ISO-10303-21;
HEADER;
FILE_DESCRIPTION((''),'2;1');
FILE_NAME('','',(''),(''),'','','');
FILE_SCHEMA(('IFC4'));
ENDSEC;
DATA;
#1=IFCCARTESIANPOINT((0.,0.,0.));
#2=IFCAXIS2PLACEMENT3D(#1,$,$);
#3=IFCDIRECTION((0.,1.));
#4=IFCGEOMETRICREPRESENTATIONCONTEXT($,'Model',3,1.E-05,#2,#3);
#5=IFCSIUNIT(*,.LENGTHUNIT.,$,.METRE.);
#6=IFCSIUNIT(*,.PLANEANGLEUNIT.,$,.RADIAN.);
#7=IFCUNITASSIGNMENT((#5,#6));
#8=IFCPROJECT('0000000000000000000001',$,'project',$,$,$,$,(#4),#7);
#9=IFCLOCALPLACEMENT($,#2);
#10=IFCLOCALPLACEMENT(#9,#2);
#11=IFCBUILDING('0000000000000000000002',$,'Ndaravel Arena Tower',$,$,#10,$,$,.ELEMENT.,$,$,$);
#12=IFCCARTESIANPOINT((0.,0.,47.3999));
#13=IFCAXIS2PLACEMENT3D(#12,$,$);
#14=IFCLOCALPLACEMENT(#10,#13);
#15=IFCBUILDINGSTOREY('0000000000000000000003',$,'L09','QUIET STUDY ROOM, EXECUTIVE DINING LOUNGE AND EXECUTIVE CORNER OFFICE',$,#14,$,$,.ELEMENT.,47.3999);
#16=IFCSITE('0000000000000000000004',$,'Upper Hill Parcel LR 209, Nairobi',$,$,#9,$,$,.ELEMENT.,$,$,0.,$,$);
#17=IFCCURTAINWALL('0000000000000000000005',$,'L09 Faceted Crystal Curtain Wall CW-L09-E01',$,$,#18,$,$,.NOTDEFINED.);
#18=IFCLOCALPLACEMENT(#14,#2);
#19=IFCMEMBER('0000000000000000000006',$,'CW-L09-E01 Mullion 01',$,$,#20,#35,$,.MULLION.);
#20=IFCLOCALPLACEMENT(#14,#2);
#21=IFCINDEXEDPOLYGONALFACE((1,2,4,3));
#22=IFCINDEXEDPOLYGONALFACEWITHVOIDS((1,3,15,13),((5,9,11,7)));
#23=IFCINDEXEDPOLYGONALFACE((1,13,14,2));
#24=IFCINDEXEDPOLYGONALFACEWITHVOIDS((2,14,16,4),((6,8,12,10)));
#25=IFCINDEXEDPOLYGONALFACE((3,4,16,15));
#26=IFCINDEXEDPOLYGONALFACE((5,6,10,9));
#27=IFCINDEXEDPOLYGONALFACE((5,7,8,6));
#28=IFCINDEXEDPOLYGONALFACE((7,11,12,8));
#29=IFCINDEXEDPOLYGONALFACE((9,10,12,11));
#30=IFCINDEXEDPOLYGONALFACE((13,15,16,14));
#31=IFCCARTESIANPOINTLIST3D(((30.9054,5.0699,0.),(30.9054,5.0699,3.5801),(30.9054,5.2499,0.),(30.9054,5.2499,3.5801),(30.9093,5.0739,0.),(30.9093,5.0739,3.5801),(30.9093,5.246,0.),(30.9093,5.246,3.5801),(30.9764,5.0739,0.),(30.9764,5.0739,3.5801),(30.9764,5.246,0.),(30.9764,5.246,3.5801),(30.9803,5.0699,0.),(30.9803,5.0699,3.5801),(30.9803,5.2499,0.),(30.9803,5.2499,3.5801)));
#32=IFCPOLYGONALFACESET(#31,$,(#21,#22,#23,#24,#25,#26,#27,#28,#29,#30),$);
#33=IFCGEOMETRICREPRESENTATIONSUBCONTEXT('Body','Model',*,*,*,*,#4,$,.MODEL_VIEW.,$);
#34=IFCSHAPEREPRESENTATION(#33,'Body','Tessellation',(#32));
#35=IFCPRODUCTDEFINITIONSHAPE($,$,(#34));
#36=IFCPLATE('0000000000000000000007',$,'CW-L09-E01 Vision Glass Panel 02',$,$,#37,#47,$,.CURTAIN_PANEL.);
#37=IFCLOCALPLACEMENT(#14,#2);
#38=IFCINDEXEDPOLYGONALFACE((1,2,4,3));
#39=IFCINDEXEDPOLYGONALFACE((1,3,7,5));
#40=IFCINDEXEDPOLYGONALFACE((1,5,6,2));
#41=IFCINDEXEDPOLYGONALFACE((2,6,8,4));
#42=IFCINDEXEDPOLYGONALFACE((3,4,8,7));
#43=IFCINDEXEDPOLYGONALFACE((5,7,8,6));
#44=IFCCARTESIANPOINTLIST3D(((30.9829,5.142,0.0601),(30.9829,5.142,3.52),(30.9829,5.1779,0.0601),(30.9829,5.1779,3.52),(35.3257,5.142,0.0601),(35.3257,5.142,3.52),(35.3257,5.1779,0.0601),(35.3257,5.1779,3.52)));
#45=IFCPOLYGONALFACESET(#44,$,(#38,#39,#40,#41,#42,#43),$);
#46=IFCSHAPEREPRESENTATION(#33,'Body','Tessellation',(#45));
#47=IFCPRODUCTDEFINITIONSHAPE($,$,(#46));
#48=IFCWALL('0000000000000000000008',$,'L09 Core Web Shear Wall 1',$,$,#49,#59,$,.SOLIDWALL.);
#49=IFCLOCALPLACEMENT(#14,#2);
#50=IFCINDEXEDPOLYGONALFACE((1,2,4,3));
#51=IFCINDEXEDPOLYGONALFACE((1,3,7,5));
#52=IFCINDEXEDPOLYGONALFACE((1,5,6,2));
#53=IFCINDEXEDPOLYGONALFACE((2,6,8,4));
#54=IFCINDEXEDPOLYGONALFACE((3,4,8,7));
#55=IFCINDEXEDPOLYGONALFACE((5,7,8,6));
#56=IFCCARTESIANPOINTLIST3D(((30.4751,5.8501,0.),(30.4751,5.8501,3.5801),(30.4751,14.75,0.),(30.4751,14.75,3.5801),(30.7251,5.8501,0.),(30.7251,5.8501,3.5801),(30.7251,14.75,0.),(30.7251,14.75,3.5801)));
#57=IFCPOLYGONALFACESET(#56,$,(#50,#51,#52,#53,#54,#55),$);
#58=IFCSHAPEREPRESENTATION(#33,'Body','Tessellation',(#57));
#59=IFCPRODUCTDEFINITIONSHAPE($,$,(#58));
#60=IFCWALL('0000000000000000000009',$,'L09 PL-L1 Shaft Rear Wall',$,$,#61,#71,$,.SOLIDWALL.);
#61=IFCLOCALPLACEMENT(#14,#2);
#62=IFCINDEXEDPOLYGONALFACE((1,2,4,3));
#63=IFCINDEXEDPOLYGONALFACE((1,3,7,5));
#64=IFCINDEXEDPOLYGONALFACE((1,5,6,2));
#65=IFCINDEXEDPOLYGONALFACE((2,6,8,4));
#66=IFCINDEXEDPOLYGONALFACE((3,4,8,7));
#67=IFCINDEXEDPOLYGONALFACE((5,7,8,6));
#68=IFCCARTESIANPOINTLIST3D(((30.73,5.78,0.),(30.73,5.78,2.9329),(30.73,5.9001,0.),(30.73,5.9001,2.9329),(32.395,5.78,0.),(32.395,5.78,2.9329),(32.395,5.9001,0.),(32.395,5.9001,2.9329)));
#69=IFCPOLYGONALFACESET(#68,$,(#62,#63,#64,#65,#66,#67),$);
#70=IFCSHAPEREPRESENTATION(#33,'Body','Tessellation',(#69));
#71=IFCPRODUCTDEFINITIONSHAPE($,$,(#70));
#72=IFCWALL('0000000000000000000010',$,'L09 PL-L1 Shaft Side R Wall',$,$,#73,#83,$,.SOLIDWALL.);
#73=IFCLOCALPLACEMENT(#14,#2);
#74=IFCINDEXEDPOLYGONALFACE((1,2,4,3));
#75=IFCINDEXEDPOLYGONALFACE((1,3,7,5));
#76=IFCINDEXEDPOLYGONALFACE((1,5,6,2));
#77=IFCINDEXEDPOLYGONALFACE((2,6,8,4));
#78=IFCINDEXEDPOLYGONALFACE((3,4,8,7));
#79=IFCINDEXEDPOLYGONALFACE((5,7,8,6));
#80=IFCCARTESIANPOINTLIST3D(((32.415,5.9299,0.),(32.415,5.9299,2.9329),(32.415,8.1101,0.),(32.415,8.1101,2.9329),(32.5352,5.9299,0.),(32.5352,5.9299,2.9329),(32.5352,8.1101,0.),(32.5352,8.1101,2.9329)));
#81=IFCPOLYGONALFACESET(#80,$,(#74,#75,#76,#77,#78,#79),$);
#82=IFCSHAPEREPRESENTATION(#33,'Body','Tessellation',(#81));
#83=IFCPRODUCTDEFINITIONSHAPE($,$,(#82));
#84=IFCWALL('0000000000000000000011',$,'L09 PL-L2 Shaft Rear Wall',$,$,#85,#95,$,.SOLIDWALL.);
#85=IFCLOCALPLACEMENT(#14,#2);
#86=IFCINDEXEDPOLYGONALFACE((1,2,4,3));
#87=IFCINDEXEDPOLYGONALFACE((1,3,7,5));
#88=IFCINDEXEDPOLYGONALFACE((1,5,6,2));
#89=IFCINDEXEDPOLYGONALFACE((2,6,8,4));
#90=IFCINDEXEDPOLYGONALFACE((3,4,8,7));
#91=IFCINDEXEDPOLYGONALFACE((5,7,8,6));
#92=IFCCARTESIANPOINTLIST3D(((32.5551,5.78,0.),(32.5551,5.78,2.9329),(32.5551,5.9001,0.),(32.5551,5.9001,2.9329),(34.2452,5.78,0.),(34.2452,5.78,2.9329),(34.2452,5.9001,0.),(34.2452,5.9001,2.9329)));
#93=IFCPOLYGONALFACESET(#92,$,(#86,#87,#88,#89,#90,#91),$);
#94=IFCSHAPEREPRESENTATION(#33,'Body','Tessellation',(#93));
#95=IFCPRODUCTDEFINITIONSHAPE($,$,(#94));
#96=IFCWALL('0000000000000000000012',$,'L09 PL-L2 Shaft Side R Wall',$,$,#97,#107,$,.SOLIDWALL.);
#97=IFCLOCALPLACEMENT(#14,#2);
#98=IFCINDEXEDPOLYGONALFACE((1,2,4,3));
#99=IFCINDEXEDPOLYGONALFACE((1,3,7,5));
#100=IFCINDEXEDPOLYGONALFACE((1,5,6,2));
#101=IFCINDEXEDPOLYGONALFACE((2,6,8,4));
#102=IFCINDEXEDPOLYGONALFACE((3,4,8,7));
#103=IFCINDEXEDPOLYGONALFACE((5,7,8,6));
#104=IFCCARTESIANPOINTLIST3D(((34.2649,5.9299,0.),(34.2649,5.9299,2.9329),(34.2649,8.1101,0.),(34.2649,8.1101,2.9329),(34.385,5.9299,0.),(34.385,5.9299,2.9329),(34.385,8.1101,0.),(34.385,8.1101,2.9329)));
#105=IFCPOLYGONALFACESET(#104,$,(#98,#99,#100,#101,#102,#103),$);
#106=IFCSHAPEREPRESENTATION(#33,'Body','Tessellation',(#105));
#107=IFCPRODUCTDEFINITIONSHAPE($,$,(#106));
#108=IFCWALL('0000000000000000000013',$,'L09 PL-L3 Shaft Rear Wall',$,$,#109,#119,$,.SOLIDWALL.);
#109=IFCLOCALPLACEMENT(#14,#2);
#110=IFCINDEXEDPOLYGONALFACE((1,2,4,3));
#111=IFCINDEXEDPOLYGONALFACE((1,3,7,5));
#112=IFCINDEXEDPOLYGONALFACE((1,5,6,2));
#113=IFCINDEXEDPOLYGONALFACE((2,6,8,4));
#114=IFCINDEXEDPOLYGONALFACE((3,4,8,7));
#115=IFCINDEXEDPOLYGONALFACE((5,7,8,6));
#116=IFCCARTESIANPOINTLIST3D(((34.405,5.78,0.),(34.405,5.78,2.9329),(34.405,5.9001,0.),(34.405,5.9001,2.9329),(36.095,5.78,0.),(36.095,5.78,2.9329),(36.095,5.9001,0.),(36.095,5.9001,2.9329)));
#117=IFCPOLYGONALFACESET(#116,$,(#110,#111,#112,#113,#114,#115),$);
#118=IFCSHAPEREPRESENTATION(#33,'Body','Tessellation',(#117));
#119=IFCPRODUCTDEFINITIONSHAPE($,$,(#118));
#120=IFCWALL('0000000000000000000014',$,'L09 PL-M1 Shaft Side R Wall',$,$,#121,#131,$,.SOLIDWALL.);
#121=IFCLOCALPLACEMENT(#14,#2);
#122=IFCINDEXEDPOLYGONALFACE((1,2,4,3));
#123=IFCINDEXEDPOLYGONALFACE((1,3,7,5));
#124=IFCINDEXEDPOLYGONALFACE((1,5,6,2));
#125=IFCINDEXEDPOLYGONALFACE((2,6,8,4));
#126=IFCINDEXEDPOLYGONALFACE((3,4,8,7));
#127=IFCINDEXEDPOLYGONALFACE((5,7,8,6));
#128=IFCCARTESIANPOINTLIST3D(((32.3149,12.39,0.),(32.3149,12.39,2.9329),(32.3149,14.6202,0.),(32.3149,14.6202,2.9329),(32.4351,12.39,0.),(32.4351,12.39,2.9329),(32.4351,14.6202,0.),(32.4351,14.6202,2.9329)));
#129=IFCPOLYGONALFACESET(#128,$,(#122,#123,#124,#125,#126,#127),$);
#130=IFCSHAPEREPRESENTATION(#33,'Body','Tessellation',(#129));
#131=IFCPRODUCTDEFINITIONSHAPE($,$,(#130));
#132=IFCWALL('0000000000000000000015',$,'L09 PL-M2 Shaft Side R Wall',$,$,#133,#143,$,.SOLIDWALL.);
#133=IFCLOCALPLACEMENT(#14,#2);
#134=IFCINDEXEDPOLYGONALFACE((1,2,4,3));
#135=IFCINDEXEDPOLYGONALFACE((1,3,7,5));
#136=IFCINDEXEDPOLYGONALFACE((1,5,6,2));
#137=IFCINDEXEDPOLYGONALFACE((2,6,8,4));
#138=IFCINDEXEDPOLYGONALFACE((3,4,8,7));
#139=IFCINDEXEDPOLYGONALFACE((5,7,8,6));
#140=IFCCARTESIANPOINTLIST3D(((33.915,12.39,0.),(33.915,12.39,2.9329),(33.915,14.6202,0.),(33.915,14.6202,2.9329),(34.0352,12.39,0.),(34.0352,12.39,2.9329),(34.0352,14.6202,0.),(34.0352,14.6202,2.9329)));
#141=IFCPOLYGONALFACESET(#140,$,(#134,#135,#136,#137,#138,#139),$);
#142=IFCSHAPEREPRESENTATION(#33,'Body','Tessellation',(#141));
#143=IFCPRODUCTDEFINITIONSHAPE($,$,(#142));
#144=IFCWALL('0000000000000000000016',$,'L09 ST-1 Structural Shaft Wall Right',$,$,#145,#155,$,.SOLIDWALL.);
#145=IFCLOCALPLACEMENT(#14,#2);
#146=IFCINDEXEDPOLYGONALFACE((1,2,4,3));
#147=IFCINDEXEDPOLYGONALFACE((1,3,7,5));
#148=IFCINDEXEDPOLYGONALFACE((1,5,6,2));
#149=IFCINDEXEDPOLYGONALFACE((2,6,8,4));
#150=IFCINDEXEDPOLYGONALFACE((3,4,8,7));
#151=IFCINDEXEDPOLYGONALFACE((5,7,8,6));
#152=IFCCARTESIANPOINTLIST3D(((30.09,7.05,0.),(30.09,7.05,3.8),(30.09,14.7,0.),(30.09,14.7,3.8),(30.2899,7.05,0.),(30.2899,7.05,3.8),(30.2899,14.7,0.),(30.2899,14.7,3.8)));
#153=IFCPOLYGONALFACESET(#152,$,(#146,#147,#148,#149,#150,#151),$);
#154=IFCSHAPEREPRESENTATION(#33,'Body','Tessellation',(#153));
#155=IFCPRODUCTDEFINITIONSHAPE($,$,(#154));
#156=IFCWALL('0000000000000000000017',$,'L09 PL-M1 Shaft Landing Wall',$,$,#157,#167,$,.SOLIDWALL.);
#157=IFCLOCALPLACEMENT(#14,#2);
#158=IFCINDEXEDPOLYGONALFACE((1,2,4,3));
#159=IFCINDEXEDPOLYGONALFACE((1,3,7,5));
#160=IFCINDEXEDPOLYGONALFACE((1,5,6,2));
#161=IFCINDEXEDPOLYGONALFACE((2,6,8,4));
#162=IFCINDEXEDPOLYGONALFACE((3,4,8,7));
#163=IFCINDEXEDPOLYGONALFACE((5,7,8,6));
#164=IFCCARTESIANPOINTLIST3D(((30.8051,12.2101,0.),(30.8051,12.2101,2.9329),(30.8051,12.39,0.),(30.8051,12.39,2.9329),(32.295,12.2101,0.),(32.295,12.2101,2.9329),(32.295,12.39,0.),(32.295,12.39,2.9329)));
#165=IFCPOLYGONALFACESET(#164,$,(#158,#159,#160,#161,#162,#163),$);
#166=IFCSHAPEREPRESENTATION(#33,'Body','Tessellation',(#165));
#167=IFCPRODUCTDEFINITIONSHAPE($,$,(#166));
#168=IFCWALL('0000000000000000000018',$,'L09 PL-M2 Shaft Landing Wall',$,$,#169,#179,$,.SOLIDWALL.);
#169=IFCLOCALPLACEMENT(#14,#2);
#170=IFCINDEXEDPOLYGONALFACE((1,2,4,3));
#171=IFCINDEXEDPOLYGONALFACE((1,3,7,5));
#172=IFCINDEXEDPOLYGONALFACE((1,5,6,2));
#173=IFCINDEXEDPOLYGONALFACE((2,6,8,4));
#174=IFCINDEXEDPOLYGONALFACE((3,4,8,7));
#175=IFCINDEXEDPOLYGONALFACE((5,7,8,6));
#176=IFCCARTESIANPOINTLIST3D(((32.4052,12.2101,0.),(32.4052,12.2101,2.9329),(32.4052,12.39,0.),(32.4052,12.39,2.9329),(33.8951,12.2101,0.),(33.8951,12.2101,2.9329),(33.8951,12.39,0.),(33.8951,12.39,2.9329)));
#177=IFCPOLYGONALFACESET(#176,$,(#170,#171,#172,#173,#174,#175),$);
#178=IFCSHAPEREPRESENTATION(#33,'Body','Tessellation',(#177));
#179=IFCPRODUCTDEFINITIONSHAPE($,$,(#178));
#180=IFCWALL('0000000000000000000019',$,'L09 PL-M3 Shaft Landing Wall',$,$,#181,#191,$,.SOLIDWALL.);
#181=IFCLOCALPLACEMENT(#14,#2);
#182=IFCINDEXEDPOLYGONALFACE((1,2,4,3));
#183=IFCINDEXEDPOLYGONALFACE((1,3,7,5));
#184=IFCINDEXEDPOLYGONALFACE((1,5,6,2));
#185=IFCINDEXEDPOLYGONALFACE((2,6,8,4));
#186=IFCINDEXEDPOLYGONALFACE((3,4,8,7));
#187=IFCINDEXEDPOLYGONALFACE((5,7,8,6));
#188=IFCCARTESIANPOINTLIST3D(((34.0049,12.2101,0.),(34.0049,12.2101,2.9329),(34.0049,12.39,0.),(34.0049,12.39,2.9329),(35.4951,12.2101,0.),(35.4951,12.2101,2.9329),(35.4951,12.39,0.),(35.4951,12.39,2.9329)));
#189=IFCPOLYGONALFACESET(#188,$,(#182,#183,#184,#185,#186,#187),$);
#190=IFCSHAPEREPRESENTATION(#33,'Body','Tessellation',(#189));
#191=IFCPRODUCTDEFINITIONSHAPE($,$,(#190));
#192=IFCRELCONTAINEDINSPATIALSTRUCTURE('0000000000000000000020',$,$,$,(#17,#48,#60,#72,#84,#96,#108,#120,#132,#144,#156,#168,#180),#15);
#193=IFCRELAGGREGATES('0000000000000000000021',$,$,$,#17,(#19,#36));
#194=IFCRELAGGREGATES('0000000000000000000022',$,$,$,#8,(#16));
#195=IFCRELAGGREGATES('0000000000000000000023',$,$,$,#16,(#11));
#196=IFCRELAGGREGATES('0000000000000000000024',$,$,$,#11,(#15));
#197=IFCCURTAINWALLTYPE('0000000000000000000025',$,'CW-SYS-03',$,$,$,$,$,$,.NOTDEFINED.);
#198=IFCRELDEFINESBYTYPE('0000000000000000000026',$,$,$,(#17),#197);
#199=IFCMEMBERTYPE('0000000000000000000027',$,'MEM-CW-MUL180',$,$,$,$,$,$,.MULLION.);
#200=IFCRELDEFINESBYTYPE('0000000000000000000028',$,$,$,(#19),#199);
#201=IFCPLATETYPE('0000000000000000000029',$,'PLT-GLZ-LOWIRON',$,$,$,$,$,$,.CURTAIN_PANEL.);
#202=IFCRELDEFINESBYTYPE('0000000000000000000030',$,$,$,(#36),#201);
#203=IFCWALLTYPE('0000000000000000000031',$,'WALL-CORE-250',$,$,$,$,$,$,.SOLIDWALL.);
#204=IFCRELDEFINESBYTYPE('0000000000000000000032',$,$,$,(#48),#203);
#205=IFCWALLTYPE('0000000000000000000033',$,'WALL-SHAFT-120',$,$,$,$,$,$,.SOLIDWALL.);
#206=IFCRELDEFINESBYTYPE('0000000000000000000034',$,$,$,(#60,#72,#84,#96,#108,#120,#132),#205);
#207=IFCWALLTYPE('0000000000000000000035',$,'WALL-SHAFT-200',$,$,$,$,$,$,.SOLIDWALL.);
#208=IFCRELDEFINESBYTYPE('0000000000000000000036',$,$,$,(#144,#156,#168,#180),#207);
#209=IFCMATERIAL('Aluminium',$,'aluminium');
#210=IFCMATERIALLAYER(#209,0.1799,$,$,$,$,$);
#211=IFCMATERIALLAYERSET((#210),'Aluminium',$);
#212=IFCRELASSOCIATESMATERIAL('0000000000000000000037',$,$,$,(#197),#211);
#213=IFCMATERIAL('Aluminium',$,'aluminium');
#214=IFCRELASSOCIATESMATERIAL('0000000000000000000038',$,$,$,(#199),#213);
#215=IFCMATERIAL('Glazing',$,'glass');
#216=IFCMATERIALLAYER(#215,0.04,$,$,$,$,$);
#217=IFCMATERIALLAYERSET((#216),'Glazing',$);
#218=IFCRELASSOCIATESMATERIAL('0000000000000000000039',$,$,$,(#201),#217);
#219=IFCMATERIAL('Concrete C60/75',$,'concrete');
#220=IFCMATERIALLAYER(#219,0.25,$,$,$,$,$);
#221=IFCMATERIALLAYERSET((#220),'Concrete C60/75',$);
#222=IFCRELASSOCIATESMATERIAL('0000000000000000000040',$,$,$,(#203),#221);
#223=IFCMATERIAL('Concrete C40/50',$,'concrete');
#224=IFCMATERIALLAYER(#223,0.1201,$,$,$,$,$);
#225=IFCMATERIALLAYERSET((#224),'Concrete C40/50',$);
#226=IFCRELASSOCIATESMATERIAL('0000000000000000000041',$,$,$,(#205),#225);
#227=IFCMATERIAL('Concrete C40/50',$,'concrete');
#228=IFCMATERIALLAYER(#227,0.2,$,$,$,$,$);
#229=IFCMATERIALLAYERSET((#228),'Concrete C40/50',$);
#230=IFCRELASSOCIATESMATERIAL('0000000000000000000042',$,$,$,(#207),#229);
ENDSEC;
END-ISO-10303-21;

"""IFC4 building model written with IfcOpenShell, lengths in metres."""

from ifc_helpers import new_model, si_unit, direction, frame, frame_2d, origin, origin_2d, place, context, subcontext, project, spatial, rectangle, hollow_rectangle, extrude, material, layer, layer_set, material_profile, profile_set, type_object, element, aggregate, save


model = new_model("IFC4")

# Units and contexts
model_context = context("Model", 3, precision=1e-05, world=origin(), true_north=direction((0.0, 1.0)))
body_context = subcontext(model_context, "Body", "Model", "MODEL_VIEW")
ifc_project = project(units=[si_unit("LENGTHUNIT", "METRE"), si_unit("PLANEANGLEUNIT", "RADIAN")], contexts=[model_context])

# Site, building, storey
site_placement = place(None, origin())
site = spatial("IfcSite", under=ifc_project, at=site_placement, Name="Upper Hill Parcel LR 209, Nairobi", CompositionType="ELEMENT", RefElevation=0.0)
building_placement = place(site_placement, origin())
building = spatial("IfcBuilding", under=site, at=building_placement, Name="Ndaravel Arena Tower", CompositionType="ELEMENT")
storey_placement = place(building_placement, frame((0.0, 0.0, 47.3999)))
storey = spatial("IfcBuildingStorey", under=building, at=storey_placement, Name="L09", Description="QUIET STUDY ROOM, EXECUTIVE DINING LOUNGE AND EXECUTIVE CORNER OFFICE", CompositionType="ELEMENT", Elevation=47.3999)

# Curtain wall, member, plate
ifc_material_1 = material(Name="Aluminium", Category="aluminium")
ifc_layer_1 = layer(ifc_material_1, 0.1799)
ifc_layer_set_1 = layer_set([ifc_layer_1], Name="Aluminium")
curtain_wall_type = type_object("IfcCurtainWallType", Name="CW-SYS-03", PredefinedType="NOTDEFINED", material=ifc_layer_set_1)
curtain_wall_placement = place(storey_placement, origin())
curtain_wall = element("IfcCurtainWall", 1, at=curtain_wall_placement, inside=storey, type_object=curtain_wall_type, Name="L09 Faceted Crystal Curtain Wall CW-L09-E01", PredefinedType="NOTDEFINED")
ifc_material_2 = material(Name="Aluminium", Category="aluminium")
ifc_material_profile = material_profile(ifc_material_2, hollow_rectangle(XDim=0.075, YDim=0.1799, WallThickness=0.0039, at=origin_2d()), Name="CW MULLION 75x180x4")
ifc_profile_set = profile_set([ifc_material_profile], Name="Aluminium")
member_type = type_object("IfcMemberType", Name="MEM-CW-MUL180", PredefinedType="MULLION", material=ifc_profile_set)
member_placement = place(storey_placement, frame((30.9429, 5.1599, 0.0), z_axis=(0.0, 0.0, 1.0), x_axis=(1.0, 0.0, 0.0)))
member = element("IfcMember", 2, at=member_placement, type_object=member_type, Name="CW-L09-E01 Mullion 01", PredefinedType="MULLION", context=body_context, shape_type="SweptSolid", body=[
    extrude(hollow_rectangle(XDim=0.075, YDim=0.1799, WallThickness=0.0039, at=origin_2d()), origin(), (0.0, 0.0, 1.0), 3.5801),
])
ifc_material_3 = material(Name="Glazing", Category="glass")
ifc_layer_2 = layer(ifc_material_3, 0.04)
ifc_layer_set_2 = layer_set([ifc_layer_2], Name="Glazing")
plate_type = type_object("IfcPlateType", Name="PLT-GLZ-LOWIRON", PredefinedType="CURTAIN_PANEL", material=ifc_layer_set_2)
plate_placement = place(storey_placement, frame((33.1543, 5.1599, 0.0601), z_axis=(0.0, 0.0, 1.0), x_axis=(1.0, 0.0, 0.0)))
plate = element("IfcPlate", 3, at=plate_placement, type_object=plate_type, Name="CW-L09-E01 Vision Glass Panel 02", PredefinedType="CURTAIN_PANEL", context=body_context, shape_type="SweptSolid", body=[
    extrude(rectangle(XDim=4.3428, YDim=0.0359, at=origin_2d()), origin(), (0.0, 0.0, 1.0), 3.46),
])
aggregate(curtain_wall, [member, plate])

# Walls
ifc_material_4 = material(Name="Concrete C60/75", Category="concrete")
ifc_layer_3 = layer(ifc_material_4, 0.25)
ifc_layer_set_3 = layer_set([ifc_layer_3], Name="Concrete C60/75")
wall_type_1 = type_object("IfcWallType", Name="WALL-CORE-250", PredefinedType="SOLIDWALL", material=ifc_layer_set_3)
wall_1_placement = place(storey_placement, frame((30.6001, 5.8501, 0.0), z_axis=(0.0, 0.0, 1.0), x_axis=(0.0, 1.0, 0.0)))
element("IfcWall", 4, at=wall_1_placement, inside=storey, type_object=wall_type_1, Name="L09 Core Web Shear Wall 1", PredefinedType="SOLIDWALL", context=body_context, shape_type="SweptSolid", body=[
    extrude(rectangle(XDim=8.8999, YDim=0.25, at=frame_2d((4.45, 0.0))), origin(), (0.0, 0.0, 1.0), 3.5801),
])
ifc_material_5 = material(Name="Concrete C40/50", Category="concrete")
ifc_layer_4 = layer(ifc_material_5, 0.1201)
ifc_layer_set_4 = layer_set([ifc_layer_4], Name="Concrete C40/50")
wall_type_2 = type_object("IfcWallType", Name="WALL-SHAFT-120", PredefinedType="SOLIDWALL", material=ifc_layer_set_4)
wall_2_placement = place(storey_placement, frame((30.73, 5.8401, 0.0), z_axis=(0.0, 0.0, 1.0), x_axis=(1.0, 0.0, 0.0)))
element("IfcWall", 5, at=wall_2_placement, inside=storey, type_object=wall_type_2, Name="L09 PL-L1 Shaft Rear Wall", PredefinedType="SOLIDWALL", context=body_context, shape_type="SweptSolid", body=[
    extrude(rectangle(XDim=1.665, YDim=0.1201, at=frame_2d((0.8325, 0.0))), origin(), (0.0, 0.0, 1.0), 2.9329),
])
wall_3_placement = place(storey_placement, frame((32.4751, 5.9299, 0.0), z_axis=(0.0, 0.0, 1.0), x_axis=(0.0, 1.0, 0.0)))
element("IfcWall", 6, at=wall_3_placement, inside=storey, type_object=wall_type_2, Name="L09 PL-L1 Shaft Side R Wall", PredefinedType="SOLIDWALL", context=body_context, shape_type="SweptSolid", body=[
    extrude(rectangle(XDim=2.1802, YDim=0.1201, at=frame_2d((1.0901, 0.0))), origin(), (0.0, 0.0, 1.0), 2.9329),
])
wall_4_placement = place(storey_placement, frame((32.5549, 5.8401, 0.0), z_axis=(0.0, 0.0, 1.0), x_axis=(1.0, 0.0, 0.0)))
element("IfcWall", 7, at=wall_4_placement, inside=storey, type_object=wall_type_2, Name="L09 PL-L2 Shaft Rear Wall", PredefinedType="SOLIDWALL", context=body_context, shape_type="SweptSolid", body=[
    extrude(rectangle(XDim=1.6902, YDim=0.1201, at=frame_2d((0.8452, 0.0))), origin(), (0.0, 0.0, 1.0), 2.9329),
])
wall_5_placement = place(storey_placement, frame((34.325, 5.9299, 0.0), z_axis=(0.0, 0.0, 1.0), x_axis=(0.0, 1.0, 0.0)))
element("IfcWall", 8, at=wall_5_placement, inside=storey, type_object=wall_type_2, Name="L09 PL-L2 Shaft Side R Wall", PredefinedType="SOLIDWALL", context=body_context, shape_type="SweptSolid", body=[
    extrude(rectangle(XDim=2.1802, YDim=0.1201, at=frame_2d((1.0901, 0.0))), origin(), (0.0, 0.0, 1.0), 2.9329),
])
wall_6_placement = place(storey_placement, frame((34.405, 5.8401, 0.0), z_axis=(0.0, 0.0, 1.0), x_axis=(1.0, 0.0, 0.0)))
element("IfcWall", 9, at=wall_6_placement, inside=storey, type_object=wall_type_2, Name="L09 PL-L3 Shaft Rear Wall", PredefinedType="SOLIDWALL", context=body_context, shape_type="SweptSolid", body=[
    extrude(rectangle(XDim=1.6899, YDim=0.1201, at=frame_2d((0.845, 0.0))), origin(), (0.0, 0.0, 1.0), 2.9329),
])
for number, where, z_axis, x_axis, name in (
    (10, (32.375, 12.3899, 0.0), (0.0, 0.0, 1.0), (0.0, 1.0, 0.0), "L09 PL-M1 Shaft Side R Wall"),
    (11, (33.9751, 12.3899, 0.0), (0.0, 0.0, 1.0), (0.0, 1.0, 0.0), "L09 PL-M2 Shaft Side R Wall"),
):
    element("IfcWall", number, at=place(storey_placement, frame(where, z_axis=z_axis, x_axis=x_axis)), inside=storey, type_object=wall_type_2, Name=name, PredefinedType="SOLIDWALL", context=body_context, shape_type="SweptSolid", body=[
        extrude(rectangle(XDim=2.2302, YDim=0.1201, at=frame_2d((1.1152, 0.0))), origin(), (0.0, 0.0, 1.0), 2.9329),
    ])
ifc_material_6 = material(Name="Concrete C40/50", Category="concrete")
ifc_layer_5 = layer(ifc_material_6, 0.2)
ifc_layer_set_5 = layer_set([ifc_layer_5], Name="Concrete C40/50")
wall_type_3 = type_object("IfcWallType", Name="WALL-SHAFT-200", PredefinedType="SOLIDWALL", material=ifc_layer_set_5)
wall_7_placement = place(storey_placement, frame((30.1899, 14.7, 0.0), z_axis=(0.0, 0.0, 1.0), x_axis=(0.0, -1.0, 0.0)))
element("IfcWall", 12, at=wall_7_placement, inside=storey, type_object=wall_type_3, Name="L09 ST-1 Structural Shaft Wall Right", PredefinedType="SOLIDWALL", context=body_context, shape_type="SweptSolid", body=[
    extrude(rectangle(XDim=7.6499, YDim=0.2, at=frame_2d((3.825, 0.0))), origin(), (0.0, 0.0, 1.0), 3.8),
])

# Walls
for number, where, z_axis, x_axis, name in (
    (13, (30.8049, 12.3, 0.0), (0.0, 0.0, 1.0), (1.0, 0.0, 0.0), "L09 PL-M1 Shaft Landing Wall"),
    (14, (32.405, 12.3, 0.0), (0.0, 0.0, 1.0), (1.0, 0.0, 0.0), "L09 PL-M2 Shaft Landing Wall"),
):
    element("IfcWall", number, at=place(storey_placement, frame(where, z_axis=z_axis, x_axis=x_axis)), inside=storey, type_object=wall_type_3, Name=name, PredefinedType="SOLIDWALL", context=body_context, shape_type="SweptSolid", body=[
        extrude(rectangle(XDim=1.49, YDim=0.1799, at=frame_2d((0.7451, 0.0))), origin(), (0.0, 0.0, 1.0), 2.9329),
    ])
wall_8_placement = place(storey_placement, frame((34.0049, 12.3, 0.0), z_axis=(0.0, 0.0, 1.0), x_axis=(1.0, 0.0, 0.0)))
element("IfcWall", 15, at=wall_8_placement, inside=storey, type_object=wall_type_3, Name="L09 PL-M3 Shaft Landing Wall", PredefinedType="SOLIDWALL", context=body_context, shape_type="SweptSolid", body=[
    extrude(rectangle(XDim=1.4902, YDim=0.1799, at=frame_2d((0.7451, 0.0))), origin(), (0.0, 0.0, 1.0), 2.9329),
])

save(model, "model.ifc")
